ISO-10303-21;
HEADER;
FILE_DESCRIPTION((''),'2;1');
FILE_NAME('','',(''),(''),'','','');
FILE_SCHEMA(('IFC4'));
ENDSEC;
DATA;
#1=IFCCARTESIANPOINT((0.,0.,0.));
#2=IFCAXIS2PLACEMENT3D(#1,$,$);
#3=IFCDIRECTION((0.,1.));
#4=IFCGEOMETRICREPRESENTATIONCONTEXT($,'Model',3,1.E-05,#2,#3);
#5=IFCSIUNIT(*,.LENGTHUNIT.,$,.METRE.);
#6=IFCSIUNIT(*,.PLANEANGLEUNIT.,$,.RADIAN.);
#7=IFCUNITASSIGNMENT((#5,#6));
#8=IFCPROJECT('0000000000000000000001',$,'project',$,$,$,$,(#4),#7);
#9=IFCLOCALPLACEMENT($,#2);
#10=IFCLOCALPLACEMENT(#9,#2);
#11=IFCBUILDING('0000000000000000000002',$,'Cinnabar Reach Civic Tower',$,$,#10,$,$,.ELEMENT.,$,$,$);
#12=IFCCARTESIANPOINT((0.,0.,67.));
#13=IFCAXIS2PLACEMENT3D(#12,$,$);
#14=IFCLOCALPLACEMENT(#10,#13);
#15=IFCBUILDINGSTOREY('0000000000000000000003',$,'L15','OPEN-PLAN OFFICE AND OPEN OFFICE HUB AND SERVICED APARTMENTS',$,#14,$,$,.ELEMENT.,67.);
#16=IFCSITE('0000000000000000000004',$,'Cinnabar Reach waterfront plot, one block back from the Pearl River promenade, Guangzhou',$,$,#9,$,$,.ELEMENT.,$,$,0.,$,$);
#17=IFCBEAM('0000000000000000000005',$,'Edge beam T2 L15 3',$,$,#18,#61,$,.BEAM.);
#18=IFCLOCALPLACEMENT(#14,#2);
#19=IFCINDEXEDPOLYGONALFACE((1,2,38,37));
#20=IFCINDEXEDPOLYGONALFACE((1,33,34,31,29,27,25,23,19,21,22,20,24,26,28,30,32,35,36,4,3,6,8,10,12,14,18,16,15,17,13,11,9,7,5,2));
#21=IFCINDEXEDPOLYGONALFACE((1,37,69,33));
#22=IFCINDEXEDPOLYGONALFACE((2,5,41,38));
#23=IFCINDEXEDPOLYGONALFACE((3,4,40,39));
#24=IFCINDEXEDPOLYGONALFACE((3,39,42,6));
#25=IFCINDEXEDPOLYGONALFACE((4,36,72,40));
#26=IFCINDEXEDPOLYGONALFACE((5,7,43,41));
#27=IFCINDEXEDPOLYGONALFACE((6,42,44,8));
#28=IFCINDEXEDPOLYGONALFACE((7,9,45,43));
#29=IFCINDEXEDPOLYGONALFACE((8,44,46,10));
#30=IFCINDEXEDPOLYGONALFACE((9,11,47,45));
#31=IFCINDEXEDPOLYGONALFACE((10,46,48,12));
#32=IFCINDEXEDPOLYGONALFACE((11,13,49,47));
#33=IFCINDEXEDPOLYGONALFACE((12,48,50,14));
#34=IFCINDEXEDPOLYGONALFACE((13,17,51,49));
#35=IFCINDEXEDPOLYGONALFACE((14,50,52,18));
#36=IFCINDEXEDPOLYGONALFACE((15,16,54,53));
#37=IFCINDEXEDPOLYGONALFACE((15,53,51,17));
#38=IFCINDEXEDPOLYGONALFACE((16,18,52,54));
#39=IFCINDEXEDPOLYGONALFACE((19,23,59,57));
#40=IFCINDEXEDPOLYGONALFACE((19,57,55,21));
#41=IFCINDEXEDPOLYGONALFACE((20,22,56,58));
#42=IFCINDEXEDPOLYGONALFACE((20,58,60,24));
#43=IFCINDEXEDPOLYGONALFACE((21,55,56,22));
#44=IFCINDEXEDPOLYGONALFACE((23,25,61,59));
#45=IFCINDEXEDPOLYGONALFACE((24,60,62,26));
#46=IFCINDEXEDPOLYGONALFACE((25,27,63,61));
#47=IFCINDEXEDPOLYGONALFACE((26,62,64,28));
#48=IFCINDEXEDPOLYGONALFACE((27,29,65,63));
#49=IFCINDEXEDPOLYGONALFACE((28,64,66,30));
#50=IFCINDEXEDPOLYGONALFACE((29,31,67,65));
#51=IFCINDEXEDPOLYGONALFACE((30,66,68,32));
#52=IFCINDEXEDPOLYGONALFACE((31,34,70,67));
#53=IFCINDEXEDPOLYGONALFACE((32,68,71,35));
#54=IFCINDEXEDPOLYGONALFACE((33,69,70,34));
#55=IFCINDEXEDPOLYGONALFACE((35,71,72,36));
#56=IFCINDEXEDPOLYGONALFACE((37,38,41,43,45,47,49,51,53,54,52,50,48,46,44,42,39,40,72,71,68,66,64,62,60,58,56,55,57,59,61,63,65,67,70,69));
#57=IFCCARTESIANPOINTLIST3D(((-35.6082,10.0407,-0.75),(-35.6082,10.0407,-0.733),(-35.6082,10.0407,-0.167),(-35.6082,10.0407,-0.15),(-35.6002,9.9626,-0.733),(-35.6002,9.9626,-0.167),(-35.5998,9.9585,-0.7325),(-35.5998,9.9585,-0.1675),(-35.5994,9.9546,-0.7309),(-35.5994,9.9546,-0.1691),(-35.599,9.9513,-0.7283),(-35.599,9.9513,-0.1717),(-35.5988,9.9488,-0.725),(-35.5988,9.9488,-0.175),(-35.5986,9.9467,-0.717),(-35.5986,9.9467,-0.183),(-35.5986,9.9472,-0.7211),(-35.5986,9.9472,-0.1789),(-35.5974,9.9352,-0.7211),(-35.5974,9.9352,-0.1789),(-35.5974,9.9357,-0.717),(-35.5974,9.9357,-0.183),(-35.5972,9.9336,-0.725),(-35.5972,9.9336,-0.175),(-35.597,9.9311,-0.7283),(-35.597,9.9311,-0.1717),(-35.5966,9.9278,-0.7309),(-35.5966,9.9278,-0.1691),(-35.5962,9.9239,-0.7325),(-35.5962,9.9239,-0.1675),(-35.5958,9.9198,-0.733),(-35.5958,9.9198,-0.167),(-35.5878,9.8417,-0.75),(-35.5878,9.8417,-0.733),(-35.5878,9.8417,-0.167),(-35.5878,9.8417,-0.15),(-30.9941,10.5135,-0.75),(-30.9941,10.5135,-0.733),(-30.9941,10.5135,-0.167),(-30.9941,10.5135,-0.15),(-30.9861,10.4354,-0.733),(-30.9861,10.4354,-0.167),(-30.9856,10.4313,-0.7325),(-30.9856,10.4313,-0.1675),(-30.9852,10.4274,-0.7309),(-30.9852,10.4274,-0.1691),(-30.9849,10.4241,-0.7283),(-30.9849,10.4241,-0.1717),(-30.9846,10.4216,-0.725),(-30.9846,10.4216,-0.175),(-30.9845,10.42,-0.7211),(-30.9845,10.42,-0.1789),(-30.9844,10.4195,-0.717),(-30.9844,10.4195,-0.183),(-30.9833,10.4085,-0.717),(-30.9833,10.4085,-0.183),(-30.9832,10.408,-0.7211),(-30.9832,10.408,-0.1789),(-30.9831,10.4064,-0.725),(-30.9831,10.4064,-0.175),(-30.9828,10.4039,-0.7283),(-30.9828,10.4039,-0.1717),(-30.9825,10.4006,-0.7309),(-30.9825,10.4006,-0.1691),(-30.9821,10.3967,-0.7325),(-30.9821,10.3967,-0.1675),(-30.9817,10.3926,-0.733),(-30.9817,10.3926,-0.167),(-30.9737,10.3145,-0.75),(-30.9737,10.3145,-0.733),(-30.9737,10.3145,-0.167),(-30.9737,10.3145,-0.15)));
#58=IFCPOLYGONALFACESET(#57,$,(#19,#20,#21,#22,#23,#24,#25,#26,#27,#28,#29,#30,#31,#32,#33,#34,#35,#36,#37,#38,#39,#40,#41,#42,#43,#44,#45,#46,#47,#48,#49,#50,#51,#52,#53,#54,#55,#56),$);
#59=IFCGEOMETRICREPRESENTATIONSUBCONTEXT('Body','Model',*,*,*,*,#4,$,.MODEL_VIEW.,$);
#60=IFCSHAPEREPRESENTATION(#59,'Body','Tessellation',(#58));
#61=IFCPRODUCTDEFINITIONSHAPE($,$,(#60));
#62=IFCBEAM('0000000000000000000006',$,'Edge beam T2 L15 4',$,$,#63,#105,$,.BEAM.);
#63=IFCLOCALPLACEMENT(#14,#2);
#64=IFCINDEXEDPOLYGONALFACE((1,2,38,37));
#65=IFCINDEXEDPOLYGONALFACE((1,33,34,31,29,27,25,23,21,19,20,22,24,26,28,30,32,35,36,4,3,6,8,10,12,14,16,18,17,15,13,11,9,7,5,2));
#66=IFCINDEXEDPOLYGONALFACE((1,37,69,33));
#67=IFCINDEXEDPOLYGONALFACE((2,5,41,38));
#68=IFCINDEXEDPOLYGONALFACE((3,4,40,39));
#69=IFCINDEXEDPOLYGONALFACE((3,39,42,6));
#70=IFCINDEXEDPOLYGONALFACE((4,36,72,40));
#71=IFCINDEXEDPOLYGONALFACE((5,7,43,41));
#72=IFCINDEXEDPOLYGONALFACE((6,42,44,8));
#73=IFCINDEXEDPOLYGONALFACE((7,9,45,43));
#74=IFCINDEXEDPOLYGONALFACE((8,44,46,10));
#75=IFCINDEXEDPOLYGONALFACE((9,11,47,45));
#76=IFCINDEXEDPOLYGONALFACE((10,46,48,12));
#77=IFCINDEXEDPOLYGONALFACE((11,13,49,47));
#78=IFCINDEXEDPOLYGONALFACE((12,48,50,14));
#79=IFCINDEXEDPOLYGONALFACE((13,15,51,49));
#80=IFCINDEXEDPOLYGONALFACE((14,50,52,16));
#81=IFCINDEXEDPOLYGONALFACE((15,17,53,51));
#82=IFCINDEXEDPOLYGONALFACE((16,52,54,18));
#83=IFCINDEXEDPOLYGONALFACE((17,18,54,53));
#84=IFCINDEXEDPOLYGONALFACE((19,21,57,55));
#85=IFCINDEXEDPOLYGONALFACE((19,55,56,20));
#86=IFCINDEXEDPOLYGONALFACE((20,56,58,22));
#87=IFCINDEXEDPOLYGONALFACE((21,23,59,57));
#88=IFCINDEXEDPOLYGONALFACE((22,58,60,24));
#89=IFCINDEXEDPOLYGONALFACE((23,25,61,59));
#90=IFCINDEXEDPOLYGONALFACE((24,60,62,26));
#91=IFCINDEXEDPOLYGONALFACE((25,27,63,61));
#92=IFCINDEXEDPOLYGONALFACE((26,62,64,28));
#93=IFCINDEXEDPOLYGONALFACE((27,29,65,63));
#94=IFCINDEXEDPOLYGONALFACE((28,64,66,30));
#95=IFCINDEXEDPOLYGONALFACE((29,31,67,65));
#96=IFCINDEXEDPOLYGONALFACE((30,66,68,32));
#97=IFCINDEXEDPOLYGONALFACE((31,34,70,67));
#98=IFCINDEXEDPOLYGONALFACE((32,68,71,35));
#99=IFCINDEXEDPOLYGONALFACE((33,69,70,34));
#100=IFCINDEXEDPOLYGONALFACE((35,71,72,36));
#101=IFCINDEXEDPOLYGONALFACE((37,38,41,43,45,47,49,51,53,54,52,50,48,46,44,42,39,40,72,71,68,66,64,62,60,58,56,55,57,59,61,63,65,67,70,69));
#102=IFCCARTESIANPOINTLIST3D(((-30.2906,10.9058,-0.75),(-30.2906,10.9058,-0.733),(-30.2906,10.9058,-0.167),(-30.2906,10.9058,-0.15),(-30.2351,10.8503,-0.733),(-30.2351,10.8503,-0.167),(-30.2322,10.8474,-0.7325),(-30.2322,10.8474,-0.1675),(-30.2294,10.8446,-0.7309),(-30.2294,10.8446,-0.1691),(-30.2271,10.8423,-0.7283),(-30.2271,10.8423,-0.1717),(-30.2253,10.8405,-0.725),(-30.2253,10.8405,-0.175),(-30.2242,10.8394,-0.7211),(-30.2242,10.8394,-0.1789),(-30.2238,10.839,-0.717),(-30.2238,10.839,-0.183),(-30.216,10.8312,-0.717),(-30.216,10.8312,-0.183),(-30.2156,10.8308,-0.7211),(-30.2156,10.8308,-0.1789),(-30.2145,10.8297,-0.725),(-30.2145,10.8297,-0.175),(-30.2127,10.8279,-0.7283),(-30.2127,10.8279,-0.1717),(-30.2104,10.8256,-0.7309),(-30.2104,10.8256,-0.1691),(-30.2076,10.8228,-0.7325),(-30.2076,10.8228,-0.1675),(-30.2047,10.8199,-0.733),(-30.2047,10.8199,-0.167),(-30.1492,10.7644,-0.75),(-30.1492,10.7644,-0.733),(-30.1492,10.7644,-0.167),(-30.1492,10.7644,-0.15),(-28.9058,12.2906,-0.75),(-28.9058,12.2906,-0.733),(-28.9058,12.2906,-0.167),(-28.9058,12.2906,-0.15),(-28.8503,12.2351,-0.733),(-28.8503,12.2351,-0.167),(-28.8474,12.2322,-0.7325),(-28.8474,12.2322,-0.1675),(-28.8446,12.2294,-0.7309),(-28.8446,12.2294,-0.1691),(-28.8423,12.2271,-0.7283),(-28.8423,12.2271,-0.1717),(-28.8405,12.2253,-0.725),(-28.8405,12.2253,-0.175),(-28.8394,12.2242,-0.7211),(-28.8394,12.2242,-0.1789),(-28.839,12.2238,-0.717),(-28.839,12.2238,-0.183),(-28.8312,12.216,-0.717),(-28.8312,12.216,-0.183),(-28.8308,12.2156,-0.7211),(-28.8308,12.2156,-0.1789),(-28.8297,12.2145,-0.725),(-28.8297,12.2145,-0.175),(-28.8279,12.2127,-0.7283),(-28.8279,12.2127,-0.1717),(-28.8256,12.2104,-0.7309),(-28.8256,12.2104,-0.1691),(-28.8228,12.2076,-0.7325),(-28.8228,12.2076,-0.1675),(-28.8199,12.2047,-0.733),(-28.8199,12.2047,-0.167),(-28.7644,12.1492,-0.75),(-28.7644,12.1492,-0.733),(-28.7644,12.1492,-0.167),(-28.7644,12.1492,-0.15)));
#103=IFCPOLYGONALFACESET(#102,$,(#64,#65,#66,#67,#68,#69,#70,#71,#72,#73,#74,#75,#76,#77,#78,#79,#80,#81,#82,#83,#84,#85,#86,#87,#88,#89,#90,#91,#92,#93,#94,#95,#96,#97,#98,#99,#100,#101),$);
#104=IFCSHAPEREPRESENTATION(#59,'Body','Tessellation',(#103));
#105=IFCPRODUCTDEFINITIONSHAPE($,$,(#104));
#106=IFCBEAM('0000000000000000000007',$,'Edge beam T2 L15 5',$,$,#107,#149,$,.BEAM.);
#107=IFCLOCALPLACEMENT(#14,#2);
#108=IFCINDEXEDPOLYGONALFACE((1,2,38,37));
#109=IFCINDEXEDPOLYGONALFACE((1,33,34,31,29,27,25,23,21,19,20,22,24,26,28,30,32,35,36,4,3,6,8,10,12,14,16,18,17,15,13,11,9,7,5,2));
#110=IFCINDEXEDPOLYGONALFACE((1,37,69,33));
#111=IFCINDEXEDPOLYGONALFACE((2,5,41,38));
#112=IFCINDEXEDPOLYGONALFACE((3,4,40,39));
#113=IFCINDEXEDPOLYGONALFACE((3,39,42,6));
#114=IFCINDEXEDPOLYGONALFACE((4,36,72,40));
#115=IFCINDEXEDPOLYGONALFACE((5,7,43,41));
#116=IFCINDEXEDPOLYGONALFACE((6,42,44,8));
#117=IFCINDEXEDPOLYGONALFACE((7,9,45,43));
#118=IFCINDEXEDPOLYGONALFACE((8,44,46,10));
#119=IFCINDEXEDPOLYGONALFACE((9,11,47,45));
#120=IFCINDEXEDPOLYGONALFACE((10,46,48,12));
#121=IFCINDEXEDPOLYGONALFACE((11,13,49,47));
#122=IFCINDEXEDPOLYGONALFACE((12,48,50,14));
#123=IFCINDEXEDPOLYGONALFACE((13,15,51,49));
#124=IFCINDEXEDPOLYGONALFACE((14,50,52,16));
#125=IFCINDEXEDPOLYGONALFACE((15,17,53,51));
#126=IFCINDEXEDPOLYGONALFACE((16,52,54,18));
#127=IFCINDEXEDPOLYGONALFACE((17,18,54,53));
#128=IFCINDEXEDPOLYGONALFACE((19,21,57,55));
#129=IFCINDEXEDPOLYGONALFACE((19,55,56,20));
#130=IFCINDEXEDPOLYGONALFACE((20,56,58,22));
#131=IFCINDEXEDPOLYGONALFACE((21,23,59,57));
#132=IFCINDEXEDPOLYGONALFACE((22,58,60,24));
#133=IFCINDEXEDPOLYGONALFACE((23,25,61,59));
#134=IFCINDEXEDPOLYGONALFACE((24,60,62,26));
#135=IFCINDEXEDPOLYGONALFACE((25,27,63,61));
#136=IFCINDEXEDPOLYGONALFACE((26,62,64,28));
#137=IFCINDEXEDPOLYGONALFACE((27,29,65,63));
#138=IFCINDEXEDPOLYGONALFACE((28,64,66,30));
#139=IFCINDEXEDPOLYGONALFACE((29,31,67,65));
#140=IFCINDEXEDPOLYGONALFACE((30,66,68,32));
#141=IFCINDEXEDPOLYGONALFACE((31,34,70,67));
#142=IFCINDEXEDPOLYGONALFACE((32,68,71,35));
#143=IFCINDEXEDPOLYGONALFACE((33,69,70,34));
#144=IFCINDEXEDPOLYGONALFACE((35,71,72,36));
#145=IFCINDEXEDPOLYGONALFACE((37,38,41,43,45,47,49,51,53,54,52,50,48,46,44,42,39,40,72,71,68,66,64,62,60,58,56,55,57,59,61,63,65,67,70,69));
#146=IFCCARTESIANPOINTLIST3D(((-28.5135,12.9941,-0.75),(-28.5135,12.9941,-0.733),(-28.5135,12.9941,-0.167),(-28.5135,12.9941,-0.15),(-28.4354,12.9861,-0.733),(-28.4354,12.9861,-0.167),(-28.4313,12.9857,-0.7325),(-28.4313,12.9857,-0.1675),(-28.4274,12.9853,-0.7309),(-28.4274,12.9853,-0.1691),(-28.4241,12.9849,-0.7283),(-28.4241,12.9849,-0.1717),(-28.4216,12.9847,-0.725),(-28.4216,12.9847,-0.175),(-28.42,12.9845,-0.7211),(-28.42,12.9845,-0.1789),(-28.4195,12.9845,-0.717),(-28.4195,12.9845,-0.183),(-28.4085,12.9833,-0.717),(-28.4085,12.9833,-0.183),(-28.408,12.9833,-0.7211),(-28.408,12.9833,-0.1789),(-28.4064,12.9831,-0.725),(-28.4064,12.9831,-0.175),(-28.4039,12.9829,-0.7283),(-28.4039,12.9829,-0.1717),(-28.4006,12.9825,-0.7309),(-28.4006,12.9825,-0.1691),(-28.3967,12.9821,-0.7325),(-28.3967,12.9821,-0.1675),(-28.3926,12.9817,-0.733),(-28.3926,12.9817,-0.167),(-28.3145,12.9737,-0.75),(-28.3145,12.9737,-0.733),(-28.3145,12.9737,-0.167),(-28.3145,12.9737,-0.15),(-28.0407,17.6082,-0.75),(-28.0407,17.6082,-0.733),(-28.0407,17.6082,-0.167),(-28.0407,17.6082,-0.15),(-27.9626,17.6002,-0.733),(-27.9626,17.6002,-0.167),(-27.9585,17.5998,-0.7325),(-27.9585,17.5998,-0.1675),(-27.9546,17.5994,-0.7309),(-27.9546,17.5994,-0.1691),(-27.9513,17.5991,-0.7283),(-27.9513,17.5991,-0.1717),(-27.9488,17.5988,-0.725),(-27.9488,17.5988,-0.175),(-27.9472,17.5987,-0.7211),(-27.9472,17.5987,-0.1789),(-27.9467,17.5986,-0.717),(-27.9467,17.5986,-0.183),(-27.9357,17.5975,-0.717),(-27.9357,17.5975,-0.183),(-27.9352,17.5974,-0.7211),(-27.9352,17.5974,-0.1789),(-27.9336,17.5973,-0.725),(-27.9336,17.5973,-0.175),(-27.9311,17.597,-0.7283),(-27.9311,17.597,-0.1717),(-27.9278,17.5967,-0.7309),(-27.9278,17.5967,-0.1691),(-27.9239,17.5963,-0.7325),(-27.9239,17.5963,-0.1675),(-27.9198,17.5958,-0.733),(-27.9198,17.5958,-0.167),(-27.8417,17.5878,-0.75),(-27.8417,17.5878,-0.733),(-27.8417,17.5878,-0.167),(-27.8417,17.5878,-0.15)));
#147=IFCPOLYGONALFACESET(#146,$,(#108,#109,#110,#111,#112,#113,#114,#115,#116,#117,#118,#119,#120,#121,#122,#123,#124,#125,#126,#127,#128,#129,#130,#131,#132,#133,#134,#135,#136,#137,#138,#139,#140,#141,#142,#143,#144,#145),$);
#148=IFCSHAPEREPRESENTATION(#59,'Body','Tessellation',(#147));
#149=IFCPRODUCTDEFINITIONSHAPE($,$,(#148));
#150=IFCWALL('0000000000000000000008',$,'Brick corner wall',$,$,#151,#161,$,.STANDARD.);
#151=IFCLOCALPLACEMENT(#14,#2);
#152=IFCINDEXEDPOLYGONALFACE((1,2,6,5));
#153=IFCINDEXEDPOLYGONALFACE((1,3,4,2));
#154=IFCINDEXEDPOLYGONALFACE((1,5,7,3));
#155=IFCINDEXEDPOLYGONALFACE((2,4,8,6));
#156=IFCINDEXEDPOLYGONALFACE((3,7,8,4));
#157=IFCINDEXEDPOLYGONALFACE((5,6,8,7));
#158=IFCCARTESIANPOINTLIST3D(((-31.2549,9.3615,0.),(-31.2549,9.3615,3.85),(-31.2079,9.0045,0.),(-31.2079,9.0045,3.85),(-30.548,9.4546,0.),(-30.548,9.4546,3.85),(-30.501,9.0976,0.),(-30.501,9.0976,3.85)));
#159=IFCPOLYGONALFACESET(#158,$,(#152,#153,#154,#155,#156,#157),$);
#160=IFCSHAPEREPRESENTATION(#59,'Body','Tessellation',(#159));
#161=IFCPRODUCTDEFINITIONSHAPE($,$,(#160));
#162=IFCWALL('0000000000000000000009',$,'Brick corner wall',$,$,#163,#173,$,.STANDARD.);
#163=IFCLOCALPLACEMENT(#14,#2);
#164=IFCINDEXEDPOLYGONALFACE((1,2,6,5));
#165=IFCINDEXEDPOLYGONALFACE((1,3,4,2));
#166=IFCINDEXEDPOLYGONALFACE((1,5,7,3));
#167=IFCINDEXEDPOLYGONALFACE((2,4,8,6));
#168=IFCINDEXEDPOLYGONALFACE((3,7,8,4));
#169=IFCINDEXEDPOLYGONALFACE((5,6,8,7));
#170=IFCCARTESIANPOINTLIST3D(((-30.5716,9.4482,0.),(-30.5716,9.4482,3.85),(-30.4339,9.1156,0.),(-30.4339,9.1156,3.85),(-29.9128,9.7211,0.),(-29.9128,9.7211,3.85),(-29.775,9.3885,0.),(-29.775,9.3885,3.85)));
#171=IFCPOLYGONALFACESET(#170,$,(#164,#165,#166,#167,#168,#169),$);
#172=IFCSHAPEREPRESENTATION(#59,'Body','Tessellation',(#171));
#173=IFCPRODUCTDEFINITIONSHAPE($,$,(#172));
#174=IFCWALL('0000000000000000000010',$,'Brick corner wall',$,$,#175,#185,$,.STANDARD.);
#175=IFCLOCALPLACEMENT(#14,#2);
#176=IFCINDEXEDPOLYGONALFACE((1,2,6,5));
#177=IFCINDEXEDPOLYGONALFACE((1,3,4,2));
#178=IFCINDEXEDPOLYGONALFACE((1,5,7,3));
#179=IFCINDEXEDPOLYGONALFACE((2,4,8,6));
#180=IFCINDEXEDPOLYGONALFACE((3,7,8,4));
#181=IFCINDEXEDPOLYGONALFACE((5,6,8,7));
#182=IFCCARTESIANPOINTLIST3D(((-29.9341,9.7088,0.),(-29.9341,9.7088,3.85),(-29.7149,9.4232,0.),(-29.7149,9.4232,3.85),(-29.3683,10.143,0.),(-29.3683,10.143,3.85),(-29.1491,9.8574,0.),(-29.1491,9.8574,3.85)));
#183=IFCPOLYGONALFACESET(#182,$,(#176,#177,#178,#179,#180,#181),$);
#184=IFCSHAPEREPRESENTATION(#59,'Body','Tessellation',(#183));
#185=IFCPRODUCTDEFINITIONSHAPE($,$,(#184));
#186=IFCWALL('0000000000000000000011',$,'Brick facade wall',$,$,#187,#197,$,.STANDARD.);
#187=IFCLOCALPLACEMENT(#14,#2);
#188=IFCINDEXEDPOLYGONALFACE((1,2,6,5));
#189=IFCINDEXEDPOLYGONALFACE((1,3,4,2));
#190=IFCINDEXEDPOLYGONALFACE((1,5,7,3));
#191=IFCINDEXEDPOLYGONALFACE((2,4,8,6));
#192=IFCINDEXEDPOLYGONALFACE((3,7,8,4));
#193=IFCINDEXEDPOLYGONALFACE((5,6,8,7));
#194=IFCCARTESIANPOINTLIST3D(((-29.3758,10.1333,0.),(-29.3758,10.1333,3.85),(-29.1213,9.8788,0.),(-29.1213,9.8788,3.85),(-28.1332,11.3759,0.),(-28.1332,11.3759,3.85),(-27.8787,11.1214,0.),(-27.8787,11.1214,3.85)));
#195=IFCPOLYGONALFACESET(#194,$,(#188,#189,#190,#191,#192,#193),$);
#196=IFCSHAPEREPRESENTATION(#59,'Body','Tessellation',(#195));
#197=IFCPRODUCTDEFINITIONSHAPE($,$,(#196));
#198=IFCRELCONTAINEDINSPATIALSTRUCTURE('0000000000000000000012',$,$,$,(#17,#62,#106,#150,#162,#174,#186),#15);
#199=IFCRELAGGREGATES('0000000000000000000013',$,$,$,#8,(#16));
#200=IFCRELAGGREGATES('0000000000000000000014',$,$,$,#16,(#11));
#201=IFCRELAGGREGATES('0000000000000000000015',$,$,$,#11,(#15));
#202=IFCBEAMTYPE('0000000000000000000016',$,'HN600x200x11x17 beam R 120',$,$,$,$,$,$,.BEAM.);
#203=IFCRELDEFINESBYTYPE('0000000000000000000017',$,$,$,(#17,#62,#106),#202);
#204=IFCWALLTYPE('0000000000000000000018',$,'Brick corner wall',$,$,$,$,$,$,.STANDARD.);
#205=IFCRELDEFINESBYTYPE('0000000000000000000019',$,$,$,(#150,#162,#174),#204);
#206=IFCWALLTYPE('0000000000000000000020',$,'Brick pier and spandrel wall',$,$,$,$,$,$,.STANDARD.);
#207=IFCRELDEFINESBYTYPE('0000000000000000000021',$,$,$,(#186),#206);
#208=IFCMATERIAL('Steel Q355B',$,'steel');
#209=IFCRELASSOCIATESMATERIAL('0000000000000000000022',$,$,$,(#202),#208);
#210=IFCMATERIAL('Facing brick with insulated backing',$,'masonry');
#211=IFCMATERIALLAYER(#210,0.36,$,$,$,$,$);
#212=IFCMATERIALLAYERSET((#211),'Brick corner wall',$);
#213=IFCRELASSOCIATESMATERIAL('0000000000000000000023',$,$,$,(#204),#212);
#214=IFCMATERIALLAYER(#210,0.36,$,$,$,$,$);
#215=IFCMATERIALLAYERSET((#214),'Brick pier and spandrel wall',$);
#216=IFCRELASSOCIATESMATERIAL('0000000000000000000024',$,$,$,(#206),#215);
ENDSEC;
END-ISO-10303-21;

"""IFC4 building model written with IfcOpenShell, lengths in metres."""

from ifc_helpers import new_model, si_unit, direction, frame, frame_2d, origin, origin_2d, place, context, subcontext, project, spatial, rectangle, i_section, extrude, material, layer, layer_set, material_profile, profile_set, type_object, element, save


model = new_model("IFC4")

# Units and contexts
model_context = context("Model", 3, precision=1e-05, world=origin(), true_north=direction((0.0, 1.0)))
body_context = subcontext(model_context, "Body", "Model", "MODEL_VIEW")
ifc_project = project(units=[si_unit("LENGTHUNIT", "METRE"), si_unit("PLANEANGLEUNIT", "RADIAN")], contexts=[model_context])

# Site, building, storey
site_placement = place(None, origin())
site = spatial("IfcSite", under=ifc_project, at=site_placement, Name="Cinnabar Reach waterfront plot, one block back from the Pearl River promenade, Guangzhou", CompositionType="ELEMENT", RefElevation=0.0)
building_placement = place(site_placement, origin())
building = spatial("IfcBuilding", under=site, at=building_placement, Name="Cinnabar Reach Civic Tower", CompositionType="ELEMENT")
storey_placement = place(building_placement, frame((0.0, 0.0, 67.0)))
storey = spatial("IfcBuildingStorey", under=building, at=storey_placement, Name="L15", Description="OPEN-PLAN OFFICE AND OPEN OFFICE HUB AND SERVICED APARTMENTS", CompositionType="ELEMENT", Elevation=67.0)

# Beams
ifc_material_1 = material(Name="Steel Q355B", Category="steel")
ifc_material_profile_1 = material_profile(ifc_material_1, i_section(OverallWidth=0.2, OverallDepth=0.6, WebThickness=0.011, FlangeThickness=0.017, FilletRadius=0.016, at=origin_2d()), Name="HN600x200x11x17")
ifc_profile_set_1 = profile_set([ifc_material_profile_1], Name="Steel Q355B")
beam_type_1 = type_object("IfcBeamType", Name="HN600x200x11x17 beam R 120", PredefinedType="BEAM", material=ifc_profile_set_1)
beam_1_placement = place(storey_placement, frame((-35.598, 9.9412, -0.45), z_axis=(0.994791, 0.101935, 0.0), x_axis=(-0.101935, 0.994791, 0.0)))
element("IfcBeam", 1, at=beam_1_placement, inside=storey, type_object=beam_type_1, Name="Edge beam T2 L15 3", PredefinedType="BEAM", context=body_context, shape_type="SweptSolid", body=[
    extrude(i_section(OverallWidth=0.2, OverallDepth=0.6, WebThickness=0.011, FlangeThickness=0.017, FilletRadius=0.016, at=origin_2d()), origin(), (0.0, 0.0, 1.0), 4.6383),
])
beam_2_placement = place(storey_placement, frame((-30.2199, 10.8351, -0.45), z_axis=(0.707107, 0.707107, 0.0), x_axis=(-0.707107, 0.707107, 0.0)))
element("IfcBeam", 2, at=beam_2_placement, inside=storey, type_object=beam_type_1, Name="Edge beam T2 L15 4", PredefinedType="BEAM", context=body_context, shape_type="SweptSolid", body=[
    extrude(i_section(OverallWidth=0.2, OverallDepth=0.6, WebThickness=0.011, FlangeThickness=0.017, FilletRadius=0.016, at=origin_2d()), origin(), (0.0, 0.0, 1.0), 1.9584),
])
beam_3_placement = place(storey_placement, frame((-28.414, 12.9839, -0.45), z_axis=(0.101935, 0.994791, 0.0), x_axis=(-0.994791, 0.101935, 0.0)))
element("IfcBeam", 3, at=beam_3_placement, inside=storey, type_object=beam_type_1, Name="Edge beam T2 L15 5", PredefinedType="BEAM", context=body_context, shape_type="SweptSolid", body=[
    extrude(i_section(OverallWidth=0.2, OverallDepth=0.6, WebThickness=0.011, FlangeThickness=0.017, FilletRadius=0.016, at=origin_2d()), origin(), (0.0, 0.0, 1.0), 4.6383),
])

# Walls
ifc_material_2 = material(Name="Facing brick with insulated backing", Category="masonry")
ifc_layer_1 = layer(ifc_material_2, 0.36)
ifc_layer_set_1 = layer_set([ifc_layer_1], Name="Brick corner wall")
wall_type_1 = type_object("IfcWallType", Name="Brick corner wall", PredefinedType="STANDARD", material=ifc_layer_set_1)
for number, where, z_axis, x_axis, name in (
    (4, (-31.2314, 9.183, 0.0), (0.0, 0.0, 1.0), (0.991441, 0.130556, 0.0), "Brick corner wall"),
    (5, (-30.5027, 9.2819, 0.0), (0.0, 0.0, 1.0), (0.923872, 0.382703, 0.0), "Brick corner wall"),
):
    element("IfcWall", number, at=place(storey_placement, frame(where, z_axis=z_axis, x_axis=x_axis)), inside=storey, type_object=wall_type_1, Name=name, PredefinedType="STANDARD", context=body_context, shape_type="SweptSolid", body=[
        extrude(rectangle(XDim=0.7131, YDim=0.36, at=frame_2d((0.3565, 0.0))), origin(), (0.0, 0.0, 1.0), 3.85),
    ])
wall_1_placement = place(storey_placement, frame((-29.8245, 9.566, 0.0), z_axis=(0.0, 0.0, 1.0), x_axis=(0.793322, 0.608802, 0.0)))
element("IfcWall", 6, at=wall_1_placement, inside=storey, type_object=wall_type_1, Name="Brick corner wall", PredefinedType="STANDARD", context=body_context, shape_type="SweptSolid", body=[
    extrude(rectangle(XDim=0.7132, YDim=0.36, at=frame_2d((0.3566, 0.0))), origin(), (0.0, 0.0, 1.0), 3.85),
])
ifc_layer_2 = layer(ifc_material_2, 0.36)
ifc_layer_set_2 = layer_set([ifc_layer_2], Name="Brick pier and spandrel wall")
wall_type_2 = type_object("IfcWallType", Name="Brick pier and spandrel wall", PredefinedType="STANDARD", material=ifc_layer_set_2)
wall_2_placement = place(storey_placement, frame((-29.2486, 10.006, 0.0), z_axis=(0.0, 0.0, 1.0), x_axis=(0.707107, 0.707107, 0.0)))
element("IfcWall", 7, at=wall_2_placement, inside=storey, type_object=wall_type_2, Name="Brick facade wall", PredefinedType="STANDARD", context=body_context, shape_type="SweptSolid", body=[
    extrude(rectangle(XDim=1.7573, YDim=0.36, at=frame_2d((0.8787, 0.0))), origin(), (0.0, 0.0, 1.0), 3.85),
])

save(model, "model.ifc")
